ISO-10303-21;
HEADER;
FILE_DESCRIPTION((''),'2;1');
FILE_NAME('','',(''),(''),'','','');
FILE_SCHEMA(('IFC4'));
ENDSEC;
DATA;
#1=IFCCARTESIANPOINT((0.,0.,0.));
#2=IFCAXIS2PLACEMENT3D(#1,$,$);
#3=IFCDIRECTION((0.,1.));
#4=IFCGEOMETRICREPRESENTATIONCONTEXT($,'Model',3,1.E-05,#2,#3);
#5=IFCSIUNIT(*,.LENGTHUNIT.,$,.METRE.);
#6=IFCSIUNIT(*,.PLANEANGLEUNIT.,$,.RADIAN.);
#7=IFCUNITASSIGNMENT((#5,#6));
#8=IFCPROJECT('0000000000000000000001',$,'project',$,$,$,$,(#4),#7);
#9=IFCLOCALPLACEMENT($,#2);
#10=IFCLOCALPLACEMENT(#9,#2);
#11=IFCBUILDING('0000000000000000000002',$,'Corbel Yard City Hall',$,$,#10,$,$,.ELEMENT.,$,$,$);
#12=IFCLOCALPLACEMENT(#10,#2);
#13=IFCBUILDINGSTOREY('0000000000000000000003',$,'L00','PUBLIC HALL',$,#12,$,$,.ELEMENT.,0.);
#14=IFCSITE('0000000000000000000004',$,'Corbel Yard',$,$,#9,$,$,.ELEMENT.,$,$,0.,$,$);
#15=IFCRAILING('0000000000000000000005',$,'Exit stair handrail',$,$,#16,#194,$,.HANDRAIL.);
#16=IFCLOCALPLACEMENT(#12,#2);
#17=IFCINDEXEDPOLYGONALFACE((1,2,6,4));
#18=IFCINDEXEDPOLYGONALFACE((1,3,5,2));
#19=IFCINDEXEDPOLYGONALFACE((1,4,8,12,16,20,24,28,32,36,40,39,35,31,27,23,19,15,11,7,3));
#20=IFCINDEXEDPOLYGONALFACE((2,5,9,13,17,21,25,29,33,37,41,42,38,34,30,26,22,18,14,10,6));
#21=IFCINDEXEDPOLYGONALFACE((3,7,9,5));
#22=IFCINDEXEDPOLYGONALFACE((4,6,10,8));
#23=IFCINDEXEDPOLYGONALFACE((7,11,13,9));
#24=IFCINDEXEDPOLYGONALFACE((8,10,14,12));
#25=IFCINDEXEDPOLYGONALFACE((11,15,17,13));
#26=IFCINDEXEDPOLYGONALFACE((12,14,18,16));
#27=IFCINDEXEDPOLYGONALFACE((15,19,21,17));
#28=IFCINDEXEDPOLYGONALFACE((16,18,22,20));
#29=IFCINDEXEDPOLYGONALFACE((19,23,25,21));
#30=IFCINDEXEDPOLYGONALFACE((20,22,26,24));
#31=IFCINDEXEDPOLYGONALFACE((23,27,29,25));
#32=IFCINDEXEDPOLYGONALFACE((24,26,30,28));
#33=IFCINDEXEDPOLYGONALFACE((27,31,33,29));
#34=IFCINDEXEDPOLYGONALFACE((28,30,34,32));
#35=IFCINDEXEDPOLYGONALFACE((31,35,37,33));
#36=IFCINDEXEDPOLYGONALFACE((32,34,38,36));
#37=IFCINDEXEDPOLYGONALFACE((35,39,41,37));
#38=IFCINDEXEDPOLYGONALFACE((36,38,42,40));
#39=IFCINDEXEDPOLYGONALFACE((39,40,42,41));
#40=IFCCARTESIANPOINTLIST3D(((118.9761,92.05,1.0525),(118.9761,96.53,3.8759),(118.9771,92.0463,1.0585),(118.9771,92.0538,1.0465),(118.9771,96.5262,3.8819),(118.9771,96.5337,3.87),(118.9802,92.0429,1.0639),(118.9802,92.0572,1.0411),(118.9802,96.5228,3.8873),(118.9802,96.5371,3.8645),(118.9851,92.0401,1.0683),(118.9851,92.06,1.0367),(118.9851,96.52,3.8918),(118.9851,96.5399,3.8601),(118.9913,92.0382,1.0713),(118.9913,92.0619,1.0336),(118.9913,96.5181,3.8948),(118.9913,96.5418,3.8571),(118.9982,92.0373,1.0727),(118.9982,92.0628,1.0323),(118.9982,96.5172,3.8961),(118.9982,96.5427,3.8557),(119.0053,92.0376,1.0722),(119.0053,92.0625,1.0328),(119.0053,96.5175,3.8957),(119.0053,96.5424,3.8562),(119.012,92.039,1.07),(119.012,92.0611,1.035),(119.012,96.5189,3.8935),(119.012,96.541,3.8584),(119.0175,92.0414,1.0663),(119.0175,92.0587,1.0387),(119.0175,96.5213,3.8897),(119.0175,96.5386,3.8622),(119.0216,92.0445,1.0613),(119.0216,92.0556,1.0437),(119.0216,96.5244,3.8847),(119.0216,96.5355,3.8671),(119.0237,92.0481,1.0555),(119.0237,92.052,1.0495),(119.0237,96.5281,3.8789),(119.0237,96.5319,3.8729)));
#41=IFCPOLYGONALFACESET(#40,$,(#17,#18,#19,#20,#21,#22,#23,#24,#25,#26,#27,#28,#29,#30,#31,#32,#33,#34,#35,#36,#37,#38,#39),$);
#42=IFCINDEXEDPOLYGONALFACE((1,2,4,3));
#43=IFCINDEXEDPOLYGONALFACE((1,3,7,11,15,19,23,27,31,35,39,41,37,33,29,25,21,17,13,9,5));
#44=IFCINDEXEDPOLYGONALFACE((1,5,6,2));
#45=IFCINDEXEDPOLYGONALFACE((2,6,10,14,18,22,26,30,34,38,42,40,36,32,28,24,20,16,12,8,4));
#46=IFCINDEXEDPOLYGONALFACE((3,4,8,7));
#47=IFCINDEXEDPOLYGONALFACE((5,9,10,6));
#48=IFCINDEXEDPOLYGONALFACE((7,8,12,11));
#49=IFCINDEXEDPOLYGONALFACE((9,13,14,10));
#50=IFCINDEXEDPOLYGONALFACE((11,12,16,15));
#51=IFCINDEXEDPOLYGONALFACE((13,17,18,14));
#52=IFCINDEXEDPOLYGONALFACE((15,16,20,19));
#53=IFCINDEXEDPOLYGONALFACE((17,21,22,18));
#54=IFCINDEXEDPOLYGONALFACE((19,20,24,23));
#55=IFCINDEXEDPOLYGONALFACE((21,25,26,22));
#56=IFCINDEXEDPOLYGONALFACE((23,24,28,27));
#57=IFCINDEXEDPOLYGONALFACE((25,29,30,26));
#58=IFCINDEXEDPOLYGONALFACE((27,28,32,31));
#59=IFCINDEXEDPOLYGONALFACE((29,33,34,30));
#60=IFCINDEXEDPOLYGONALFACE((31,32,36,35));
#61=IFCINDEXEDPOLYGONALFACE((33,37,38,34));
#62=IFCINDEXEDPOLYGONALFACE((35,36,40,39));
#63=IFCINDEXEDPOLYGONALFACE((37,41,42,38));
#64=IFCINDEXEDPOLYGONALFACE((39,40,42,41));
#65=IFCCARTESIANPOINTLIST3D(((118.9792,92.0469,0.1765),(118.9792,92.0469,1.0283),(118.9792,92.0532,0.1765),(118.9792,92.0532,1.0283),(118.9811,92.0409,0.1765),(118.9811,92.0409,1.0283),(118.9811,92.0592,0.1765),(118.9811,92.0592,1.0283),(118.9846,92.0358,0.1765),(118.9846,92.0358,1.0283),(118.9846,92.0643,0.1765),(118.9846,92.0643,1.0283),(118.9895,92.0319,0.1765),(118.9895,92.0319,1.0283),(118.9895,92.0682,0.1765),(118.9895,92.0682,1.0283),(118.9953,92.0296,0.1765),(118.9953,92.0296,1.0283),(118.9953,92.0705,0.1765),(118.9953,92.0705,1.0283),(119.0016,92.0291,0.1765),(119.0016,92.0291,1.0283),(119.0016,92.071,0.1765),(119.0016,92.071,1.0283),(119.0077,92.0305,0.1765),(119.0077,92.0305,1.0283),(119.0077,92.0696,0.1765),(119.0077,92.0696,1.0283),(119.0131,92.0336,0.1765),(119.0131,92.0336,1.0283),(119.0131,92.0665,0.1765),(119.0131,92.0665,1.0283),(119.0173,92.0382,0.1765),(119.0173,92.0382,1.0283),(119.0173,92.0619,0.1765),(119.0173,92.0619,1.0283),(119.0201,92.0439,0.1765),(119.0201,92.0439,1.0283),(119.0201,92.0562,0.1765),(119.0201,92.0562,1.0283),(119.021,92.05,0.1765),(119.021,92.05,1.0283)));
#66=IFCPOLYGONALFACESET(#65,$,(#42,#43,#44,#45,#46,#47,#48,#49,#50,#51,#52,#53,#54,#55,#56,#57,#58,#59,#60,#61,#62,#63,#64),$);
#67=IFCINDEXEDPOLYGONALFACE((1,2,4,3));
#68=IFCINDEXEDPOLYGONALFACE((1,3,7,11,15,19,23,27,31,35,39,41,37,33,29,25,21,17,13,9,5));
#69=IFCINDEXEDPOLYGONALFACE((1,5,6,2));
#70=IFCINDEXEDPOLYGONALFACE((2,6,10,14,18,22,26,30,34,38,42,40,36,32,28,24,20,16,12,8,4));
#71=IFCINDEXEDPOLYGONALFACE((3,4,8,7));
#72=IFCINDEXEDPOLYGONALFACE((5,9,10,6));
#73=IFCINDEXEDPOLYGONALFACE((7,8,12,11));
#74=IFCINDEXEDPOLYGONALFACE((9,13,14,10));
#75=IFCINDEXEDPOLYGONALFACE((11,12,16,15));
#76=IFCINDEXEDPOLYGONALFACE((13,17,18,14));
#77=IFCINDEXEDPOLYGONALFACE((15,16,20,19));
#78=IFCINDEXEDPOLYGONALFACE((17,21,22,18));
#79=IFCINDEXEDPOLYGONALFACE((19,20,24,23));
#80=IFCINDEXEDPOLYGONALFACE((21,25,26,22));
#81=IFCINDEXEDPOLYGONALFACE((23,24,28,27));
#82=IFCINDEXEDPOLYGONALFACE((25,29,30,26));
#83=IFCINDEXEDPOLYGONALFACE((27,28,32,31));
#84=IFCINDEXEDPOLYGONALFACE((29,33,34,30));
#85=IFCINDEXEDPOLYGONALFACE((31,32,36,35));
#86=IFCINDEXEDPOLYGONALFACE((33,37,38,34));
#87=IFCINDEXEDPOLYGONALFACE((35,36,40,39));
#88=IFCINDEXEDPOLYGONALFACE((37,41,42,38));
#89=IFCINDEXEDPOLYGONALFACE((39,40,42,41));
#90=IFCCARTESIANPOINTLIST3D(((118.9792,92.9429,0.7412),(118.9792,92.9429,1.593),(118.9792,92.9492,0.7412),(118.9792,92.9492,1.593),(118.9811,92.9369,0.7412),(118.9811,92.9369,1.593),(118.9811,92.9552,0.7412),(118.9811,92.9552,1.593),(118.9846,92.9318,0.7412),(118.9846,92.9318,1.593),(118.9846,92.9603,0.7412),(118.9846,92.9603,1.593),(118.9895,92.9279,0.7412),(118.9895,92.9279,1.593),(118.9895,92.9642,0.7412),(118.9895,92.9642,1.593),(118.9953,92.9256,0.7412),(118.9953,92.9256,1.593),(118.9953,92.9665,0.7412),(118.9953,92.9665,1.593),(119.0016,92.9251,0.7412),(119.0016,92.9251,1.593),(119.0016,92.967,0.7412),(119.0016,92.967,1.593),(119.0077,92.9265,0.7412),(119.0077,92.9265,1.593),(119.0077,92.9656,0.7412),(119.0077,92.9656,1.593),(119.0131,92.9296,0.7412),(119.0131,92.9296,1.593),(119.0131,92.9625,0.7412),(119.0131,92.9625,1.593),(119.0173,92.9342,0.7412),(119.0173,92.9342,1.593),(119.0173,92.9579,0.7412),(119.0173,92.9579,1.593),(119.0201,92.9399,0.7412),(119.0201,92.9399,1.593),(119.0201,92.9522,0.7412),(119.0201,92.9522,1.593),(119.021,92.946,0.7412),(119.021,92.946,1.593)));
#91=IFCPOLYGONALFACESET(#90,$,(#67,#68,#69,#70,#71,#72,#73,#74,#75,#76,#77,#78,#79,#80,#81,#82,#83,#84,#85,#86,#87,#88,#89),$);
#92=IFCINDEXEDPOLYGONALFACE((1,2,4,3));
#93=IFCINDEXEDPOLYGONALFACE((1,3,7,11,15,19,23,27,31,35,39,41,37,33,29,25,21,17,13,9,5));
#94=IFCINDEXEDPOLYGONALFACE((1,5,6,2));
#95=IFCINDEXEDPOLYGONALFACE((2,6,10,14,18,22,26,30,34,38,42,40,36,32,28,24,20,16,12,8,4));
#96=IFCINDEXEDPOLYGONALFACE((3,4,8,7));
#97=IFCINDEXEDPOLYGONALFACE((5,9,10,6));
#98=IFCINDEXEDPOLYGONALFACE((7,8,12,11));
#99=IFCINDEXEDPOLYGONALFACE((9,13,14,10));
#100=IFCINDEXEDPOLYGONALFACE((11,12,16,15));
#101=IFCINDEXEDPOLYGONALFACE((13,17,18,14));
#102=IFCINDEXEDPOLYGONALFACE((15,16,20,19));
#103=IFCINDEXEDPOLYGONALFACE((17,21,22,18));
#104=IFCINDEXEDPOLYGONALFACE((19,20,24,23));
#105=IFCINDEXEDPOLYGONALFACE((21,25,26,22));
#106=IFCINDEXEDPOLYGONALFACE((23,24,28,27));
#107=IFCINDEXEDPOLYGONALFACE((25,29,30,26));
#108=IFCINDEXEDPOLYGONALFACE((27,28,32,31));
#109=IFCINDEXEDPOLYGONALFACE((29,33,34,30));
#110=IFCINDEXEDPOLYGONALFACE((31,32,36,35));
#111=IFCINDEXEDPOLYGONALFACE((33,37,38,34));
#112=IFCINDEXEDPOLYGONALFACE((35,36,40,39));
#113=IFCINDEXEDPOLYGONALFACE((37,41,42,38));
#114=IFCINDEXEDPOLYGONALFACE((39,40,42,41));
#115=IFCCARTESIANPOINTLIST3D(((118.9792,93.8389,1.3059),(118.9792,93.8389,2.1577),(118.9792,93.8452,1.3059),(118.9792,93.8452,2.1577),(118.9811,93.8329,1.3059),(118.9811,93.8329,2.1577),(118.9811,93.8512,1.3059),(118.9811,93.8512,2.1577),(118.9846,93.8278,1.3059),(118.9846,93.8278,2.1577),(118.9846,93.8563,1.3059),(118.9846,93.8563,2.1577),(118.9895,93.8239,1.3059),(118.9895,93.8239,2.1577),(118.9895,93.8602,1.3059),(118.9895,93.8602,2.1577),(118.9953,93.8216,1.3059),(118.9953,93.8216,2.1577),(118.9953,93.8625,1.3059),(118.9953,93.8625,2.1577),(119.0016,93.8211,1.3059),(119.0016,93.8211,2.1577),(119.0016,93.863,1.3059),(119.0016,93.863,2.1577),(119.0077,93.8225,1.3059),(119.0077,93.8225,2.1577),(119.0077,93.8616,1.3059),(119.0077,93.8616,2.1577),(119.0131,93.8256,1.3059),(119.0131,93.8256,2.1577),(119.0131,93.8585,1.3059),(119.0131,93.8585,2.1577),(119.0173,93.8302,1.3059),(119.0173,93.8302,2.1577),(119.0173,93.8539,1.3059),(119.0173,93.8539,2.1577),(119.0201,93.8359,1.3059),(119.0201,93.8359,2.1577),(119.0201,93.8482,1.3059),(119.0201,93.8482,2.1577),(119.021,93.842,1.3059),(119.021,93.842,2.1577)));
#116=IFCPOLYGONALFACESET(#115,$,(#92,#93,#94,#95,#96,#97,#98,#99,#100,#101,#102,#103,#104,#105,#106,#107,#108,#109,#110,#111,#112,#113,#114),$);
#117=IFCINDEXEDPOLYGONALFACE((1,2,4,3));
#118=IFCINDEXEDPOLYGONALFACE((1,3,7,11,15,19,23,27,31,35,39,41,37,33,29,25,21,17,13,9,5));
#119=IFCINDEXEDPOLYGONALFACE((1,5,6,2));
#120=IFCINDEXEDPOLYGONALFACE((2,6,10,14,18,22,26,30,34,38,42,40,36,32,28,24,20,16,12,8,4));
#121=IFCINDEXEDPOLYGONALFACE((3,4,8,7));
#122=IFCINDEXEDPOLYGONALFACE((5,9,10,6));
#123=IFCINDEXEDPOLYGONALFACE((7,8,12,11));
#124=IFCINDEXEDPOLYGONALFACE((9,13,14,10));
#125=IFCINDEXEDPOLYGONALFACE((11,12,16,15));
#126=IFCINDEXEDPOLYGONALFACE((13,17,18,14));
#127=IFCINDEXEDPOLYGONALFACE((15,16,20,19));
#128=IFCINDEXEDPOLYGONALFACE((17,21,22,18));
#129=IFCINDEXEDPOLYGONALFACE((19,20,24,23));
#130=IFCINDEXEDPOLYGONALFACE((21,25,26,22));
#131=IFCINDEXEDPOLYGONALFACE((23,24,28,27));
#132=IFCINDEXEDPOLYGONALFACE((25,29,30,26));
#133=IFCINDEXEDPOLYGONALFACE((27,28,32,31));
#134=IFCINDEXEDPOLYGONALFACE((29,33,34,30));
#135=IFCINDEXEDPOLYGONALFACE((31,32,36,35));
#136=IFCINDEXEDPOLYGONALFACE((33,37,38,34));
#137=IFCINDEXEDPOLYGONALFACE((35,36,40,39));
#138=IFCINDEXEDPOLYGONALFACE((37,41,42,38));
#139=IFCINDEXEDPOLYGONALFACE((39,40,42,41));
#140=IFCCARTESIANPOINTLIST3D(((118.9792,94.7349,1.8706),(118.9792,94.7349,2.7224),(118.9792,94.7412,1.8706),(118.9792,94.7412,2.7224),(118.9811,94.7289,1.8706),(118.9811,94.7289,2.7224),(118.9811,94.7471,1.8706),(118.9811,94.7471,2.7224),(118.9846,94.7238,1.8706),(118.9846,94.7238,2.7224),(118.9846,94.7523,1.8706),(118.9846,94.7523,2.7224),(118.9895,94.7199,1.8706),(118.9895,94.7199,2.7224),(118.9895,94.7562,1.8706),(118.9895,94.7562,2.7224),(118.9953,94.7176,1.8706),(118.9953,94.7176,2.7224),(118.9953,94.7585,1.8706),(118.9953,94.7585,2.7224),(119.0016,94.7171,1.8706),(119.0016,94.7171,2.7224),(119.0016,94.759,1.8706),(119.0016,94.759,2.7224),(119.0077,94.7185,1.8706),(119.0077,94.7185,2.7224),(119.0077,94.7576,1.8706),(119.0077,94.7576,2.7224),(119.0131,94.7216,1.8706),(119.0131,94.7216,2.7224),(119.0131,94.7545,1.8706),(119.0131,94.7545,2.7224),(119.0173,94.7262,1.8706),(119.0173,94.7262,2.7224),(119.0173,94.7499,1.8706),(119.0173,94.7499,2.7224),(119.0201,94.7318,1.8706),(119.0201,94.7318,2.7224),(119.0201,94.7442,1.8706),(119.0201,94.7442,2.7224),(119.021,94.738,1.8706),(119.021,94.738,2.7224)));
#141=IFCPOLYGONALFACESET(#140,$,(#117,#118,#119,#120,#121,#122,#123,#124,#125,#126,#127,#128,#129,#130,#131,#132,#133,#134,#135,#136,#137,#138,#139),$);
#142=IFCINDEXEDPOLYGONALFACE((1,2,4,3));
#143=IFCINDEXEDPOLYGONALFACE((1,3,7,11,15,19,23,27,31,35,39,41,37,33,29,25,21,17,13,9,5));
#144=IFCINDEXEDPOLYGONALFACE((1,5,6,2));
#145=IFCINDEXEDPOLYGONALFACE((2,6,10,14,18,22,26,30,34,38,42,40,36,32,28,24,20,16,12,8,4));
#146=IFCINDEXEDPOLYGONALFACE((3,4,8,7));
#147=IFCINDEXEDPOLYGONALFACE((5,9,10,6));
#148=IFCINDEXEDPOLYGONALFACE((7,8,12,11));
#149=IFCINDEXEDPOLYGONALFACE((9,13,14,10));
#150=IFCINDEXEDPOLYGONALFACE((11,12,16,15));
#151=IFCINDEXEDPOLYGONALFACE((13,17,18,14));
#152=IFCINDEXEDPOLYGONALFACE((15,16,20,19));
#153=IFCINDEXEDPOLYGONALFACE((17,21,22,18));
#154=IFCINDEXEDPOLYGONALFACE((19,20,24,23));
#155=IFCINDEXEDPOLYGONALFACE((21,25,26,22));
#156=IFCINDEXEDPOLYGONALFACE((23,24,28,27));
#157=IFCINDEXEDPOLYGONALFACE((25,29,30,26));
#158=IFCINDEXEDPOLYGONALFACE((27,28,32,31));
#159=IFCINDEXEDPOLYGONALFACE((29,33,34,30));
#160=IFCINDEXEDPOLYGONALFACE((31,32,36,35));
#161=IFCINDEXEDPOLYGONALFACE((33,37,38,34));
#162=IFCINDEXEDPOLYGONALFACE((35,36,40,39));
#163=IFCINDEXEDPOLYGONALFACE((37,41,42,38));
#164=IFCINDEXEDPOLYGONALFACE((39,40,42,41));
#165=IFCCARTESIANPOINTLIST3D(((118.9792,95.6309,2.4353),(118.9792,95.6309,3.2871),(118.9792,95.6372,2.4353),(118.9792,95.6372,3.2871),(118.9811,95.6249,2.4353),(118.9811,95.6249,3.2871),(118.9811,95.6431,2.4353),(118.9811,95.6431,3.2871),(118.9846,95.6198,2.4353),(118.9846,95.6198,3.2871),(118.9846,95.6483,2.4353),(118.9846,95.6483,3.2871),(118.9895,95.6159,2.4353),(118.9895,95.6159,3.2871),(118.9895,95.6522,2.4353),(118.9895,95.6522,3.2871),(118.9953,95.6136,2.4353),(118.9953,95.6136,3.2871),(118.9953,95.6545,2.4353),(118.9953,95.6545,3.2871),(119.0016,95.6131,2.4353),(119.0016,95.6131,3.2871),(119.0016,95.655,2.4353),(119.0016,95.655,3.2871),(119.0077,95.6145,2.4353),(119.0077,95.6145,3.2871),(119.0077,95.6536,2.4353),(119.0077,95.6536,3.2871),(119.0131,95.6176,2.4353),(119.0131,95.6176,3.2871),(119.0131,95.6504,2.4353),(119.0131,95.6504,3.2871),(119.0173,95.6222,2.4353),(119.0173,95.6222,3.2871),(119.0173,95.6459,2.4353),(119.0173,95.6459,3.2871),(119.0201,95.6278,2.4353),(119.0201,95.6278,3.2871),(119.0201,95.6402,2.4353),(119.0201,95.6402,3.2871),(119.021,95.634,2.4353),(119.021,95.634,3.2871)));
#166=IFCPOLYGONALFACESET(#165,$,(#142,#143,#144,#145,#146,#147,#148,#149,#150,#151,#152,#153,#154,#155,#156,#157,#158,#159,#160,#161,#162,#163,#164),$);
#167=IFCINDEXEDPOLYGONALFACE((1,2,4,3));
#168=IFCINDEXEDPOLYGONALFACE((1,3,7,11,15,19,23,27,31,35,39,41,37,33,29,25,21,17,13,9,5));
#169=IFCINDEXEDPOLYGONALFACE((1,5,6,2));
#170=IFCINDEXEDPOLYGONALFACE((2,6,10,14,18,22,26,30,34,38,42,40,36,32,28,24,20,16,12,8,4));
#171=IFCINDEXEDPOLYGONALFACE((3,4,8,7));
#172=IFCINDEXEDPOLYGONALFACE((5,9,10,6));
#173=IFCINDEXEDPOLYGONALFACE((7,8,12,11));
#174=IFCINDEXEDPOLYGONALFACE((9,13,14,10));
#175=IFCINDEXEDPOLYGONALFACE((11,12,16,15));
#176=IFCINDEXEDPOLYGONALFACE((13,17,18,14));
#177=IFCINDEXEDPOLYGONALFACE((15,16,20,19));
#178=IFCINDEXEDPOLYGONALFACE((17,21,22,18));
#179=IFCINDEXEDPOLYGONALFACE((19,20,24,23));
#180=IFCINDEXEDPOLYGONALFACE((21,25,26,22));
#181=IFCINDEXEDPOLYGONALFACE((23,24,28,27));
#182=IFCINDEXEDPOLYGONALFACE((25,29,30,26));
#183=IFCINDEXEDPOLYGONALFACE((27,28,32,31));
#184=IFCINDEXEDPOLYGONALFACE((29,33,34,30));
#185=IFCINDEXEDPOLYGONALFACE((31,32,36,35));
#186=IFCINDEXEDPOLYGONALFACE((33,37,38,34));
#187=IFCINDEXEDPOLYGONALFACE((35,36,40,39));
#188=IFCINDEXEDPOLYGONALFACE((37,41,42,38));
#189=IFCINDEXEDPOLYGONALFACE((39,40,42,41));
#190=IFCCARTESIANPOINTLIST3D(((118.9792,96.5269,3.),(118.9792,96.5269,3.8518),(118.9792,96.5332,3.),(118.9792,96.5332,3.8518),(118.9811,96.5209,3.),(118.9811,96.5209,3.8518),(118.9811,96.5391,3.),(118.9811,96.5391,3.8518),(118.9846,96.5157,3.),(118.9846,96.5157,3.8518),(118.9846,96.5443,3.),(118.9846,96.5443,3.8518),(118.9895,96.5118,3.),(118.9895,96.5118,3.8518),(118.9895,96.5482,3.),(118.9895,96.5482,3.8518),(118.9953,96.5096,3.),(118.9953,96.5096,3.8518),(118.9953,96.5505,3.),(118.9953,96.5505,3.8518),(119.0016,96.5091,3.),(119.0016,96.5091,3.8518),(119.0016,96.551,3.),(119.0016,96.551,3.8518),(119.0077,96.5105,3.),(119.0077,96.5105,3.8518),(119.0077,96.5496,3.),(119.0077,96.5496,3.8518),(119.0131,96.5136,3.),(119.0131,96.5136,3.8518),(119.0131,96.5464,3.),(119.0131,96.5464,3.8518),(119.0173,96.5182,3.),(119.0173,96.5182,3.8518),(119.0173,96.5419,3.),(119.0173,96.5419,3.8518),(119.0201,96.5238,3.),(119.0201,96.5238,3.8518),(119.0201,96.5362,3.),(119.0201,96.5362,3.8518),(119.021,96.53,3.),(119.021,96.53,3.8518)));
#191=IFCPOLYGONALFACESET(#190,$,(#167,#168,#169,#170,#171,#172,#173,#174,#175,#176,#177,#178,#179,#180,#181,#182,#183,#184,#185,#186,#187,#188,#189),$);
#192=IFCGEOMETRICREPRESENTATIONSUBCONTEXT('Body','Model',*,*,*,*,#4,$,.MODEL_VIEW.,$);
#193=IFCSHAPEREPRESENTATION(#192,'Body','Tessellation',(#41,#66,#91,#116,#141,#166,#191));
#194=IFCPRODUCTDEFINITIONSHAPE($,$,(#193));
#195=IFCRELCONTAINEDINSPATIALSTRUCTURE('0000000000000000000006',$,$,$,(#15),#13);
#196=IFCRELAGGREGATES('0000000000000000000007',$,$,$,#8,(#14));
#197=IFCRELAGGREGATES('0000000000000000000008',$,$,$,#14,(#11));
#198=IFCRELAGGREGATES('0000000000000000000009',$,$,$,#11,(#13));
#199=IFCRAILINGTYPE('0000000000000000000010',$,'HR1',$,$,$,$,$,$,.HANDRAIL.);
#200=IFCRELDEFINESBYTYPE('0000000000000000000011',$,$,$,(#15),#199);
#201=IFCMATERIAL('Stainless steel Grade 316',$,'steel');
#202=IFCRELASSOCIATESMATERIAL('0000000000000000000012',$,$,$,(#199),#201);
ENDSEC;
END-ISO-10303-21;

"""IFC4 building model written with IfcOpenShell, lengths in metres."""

from ifc_helpers import new_model, si_unit, direction, frame, origin, origin_2d, place, context, subcontext, project, spatial, circle, extrude, material, type_object, element, save


model = new_model("IFC4")

# Units and contexts
model_context = context("Model", 3, precision=1e-05, world=origin(), true_north=direction((0.0, 1.0)))
body_context = subcontext(model_context, "Body", "Model", "MODEL_VIEW")
ifc_project = project(units=[si_unit("LENGTHUNIT", "METRE"), si_unit("PLANEANGLEUNIT", "RADIAN")], contexts=[model_context])

# Site, building, storey
site_placement = place(None, origin())
site = spatial("IfcSite", under=ifc_project, at=site_placement, Name="Corbel Yard", CompositionType="ELEMENT", RefElevation=0.0)
building_placement = place(site_placement, origin())
building = spatial("IfcBuilding", under=site, at=building_placement, Name="Corbel Yard City Hall", CompositionType="ELEMENT")
storey_placement = place(building_placement, origin())
storey = spatial("IfcBuildingStorey", under=building, at=storey_placement, Name="L00", Description="PUBLIC HALL", CompositionType="ELEMENT", Elevation=0.0)

# Shared definitions
ifc_material_1 = material(Name="Stainless steel Grade 316", Category="steel")

# Railing
railing_type = type_object("IfcRailingType", Name="HR1", PredefinedType="HANDRAIL", material=ifc_material_1)
for number, where, name in (
    (1, (119.0, 92.05, 0.1765), "Exit stair handrail"),
):
    element("IfcRailing", number, at=place(storey_placement, frame(where)), inside=storey, type_object=railing_type, Name=name, PredefinedType="HANDRAIL", context=body_context, shape_type="SweptSolid", body=[
        extrude(circle(Radius=0.0239, at=origin_2d()), frame((0.0, 0.0, 0.876), z_axis=(0.0, 0.845998, 0.533186), x_axis=(-1.0, 0.0, 0.0)), (0.0, 0.0, 1.0), 5.2954),
        extrude(circle(Radius=0.021, at=origin_2d()), origin(), (0.0, 0.0, 1.0), 0.8518),
        extrude(circle(Radius=0.021, at=origin_2d()), frame((0.0, 0.896, 0.5647)), (0.0, 0.0, 1.0), 0.8518),
        extrude(circle(Radius=0.021, at=origin_2d()), frame((0.0, 1.792, 1.1294)), (0.0, 0.0, 1.0), 0.8518),
        extrude(circle(Radius=0.021, at=origin_2d()), frame((0.0, 2.688, 1.6941)), (0.0, 0.0, 1.0), 0.8518),
        extrude(circle(Radius=0.021, at=origin_2d()), frame((0.0, 3.584, 2.2588)), (0.0, 0.0, 1.0), 0.8518),
        extrude(circle(Radius=0.021, at=origin_2d()), frame((0.0, 4.48, 2.8235)), (0.0, 0.0, 1.0), 0.8518),
    ])

save(model, "model.ifc")
